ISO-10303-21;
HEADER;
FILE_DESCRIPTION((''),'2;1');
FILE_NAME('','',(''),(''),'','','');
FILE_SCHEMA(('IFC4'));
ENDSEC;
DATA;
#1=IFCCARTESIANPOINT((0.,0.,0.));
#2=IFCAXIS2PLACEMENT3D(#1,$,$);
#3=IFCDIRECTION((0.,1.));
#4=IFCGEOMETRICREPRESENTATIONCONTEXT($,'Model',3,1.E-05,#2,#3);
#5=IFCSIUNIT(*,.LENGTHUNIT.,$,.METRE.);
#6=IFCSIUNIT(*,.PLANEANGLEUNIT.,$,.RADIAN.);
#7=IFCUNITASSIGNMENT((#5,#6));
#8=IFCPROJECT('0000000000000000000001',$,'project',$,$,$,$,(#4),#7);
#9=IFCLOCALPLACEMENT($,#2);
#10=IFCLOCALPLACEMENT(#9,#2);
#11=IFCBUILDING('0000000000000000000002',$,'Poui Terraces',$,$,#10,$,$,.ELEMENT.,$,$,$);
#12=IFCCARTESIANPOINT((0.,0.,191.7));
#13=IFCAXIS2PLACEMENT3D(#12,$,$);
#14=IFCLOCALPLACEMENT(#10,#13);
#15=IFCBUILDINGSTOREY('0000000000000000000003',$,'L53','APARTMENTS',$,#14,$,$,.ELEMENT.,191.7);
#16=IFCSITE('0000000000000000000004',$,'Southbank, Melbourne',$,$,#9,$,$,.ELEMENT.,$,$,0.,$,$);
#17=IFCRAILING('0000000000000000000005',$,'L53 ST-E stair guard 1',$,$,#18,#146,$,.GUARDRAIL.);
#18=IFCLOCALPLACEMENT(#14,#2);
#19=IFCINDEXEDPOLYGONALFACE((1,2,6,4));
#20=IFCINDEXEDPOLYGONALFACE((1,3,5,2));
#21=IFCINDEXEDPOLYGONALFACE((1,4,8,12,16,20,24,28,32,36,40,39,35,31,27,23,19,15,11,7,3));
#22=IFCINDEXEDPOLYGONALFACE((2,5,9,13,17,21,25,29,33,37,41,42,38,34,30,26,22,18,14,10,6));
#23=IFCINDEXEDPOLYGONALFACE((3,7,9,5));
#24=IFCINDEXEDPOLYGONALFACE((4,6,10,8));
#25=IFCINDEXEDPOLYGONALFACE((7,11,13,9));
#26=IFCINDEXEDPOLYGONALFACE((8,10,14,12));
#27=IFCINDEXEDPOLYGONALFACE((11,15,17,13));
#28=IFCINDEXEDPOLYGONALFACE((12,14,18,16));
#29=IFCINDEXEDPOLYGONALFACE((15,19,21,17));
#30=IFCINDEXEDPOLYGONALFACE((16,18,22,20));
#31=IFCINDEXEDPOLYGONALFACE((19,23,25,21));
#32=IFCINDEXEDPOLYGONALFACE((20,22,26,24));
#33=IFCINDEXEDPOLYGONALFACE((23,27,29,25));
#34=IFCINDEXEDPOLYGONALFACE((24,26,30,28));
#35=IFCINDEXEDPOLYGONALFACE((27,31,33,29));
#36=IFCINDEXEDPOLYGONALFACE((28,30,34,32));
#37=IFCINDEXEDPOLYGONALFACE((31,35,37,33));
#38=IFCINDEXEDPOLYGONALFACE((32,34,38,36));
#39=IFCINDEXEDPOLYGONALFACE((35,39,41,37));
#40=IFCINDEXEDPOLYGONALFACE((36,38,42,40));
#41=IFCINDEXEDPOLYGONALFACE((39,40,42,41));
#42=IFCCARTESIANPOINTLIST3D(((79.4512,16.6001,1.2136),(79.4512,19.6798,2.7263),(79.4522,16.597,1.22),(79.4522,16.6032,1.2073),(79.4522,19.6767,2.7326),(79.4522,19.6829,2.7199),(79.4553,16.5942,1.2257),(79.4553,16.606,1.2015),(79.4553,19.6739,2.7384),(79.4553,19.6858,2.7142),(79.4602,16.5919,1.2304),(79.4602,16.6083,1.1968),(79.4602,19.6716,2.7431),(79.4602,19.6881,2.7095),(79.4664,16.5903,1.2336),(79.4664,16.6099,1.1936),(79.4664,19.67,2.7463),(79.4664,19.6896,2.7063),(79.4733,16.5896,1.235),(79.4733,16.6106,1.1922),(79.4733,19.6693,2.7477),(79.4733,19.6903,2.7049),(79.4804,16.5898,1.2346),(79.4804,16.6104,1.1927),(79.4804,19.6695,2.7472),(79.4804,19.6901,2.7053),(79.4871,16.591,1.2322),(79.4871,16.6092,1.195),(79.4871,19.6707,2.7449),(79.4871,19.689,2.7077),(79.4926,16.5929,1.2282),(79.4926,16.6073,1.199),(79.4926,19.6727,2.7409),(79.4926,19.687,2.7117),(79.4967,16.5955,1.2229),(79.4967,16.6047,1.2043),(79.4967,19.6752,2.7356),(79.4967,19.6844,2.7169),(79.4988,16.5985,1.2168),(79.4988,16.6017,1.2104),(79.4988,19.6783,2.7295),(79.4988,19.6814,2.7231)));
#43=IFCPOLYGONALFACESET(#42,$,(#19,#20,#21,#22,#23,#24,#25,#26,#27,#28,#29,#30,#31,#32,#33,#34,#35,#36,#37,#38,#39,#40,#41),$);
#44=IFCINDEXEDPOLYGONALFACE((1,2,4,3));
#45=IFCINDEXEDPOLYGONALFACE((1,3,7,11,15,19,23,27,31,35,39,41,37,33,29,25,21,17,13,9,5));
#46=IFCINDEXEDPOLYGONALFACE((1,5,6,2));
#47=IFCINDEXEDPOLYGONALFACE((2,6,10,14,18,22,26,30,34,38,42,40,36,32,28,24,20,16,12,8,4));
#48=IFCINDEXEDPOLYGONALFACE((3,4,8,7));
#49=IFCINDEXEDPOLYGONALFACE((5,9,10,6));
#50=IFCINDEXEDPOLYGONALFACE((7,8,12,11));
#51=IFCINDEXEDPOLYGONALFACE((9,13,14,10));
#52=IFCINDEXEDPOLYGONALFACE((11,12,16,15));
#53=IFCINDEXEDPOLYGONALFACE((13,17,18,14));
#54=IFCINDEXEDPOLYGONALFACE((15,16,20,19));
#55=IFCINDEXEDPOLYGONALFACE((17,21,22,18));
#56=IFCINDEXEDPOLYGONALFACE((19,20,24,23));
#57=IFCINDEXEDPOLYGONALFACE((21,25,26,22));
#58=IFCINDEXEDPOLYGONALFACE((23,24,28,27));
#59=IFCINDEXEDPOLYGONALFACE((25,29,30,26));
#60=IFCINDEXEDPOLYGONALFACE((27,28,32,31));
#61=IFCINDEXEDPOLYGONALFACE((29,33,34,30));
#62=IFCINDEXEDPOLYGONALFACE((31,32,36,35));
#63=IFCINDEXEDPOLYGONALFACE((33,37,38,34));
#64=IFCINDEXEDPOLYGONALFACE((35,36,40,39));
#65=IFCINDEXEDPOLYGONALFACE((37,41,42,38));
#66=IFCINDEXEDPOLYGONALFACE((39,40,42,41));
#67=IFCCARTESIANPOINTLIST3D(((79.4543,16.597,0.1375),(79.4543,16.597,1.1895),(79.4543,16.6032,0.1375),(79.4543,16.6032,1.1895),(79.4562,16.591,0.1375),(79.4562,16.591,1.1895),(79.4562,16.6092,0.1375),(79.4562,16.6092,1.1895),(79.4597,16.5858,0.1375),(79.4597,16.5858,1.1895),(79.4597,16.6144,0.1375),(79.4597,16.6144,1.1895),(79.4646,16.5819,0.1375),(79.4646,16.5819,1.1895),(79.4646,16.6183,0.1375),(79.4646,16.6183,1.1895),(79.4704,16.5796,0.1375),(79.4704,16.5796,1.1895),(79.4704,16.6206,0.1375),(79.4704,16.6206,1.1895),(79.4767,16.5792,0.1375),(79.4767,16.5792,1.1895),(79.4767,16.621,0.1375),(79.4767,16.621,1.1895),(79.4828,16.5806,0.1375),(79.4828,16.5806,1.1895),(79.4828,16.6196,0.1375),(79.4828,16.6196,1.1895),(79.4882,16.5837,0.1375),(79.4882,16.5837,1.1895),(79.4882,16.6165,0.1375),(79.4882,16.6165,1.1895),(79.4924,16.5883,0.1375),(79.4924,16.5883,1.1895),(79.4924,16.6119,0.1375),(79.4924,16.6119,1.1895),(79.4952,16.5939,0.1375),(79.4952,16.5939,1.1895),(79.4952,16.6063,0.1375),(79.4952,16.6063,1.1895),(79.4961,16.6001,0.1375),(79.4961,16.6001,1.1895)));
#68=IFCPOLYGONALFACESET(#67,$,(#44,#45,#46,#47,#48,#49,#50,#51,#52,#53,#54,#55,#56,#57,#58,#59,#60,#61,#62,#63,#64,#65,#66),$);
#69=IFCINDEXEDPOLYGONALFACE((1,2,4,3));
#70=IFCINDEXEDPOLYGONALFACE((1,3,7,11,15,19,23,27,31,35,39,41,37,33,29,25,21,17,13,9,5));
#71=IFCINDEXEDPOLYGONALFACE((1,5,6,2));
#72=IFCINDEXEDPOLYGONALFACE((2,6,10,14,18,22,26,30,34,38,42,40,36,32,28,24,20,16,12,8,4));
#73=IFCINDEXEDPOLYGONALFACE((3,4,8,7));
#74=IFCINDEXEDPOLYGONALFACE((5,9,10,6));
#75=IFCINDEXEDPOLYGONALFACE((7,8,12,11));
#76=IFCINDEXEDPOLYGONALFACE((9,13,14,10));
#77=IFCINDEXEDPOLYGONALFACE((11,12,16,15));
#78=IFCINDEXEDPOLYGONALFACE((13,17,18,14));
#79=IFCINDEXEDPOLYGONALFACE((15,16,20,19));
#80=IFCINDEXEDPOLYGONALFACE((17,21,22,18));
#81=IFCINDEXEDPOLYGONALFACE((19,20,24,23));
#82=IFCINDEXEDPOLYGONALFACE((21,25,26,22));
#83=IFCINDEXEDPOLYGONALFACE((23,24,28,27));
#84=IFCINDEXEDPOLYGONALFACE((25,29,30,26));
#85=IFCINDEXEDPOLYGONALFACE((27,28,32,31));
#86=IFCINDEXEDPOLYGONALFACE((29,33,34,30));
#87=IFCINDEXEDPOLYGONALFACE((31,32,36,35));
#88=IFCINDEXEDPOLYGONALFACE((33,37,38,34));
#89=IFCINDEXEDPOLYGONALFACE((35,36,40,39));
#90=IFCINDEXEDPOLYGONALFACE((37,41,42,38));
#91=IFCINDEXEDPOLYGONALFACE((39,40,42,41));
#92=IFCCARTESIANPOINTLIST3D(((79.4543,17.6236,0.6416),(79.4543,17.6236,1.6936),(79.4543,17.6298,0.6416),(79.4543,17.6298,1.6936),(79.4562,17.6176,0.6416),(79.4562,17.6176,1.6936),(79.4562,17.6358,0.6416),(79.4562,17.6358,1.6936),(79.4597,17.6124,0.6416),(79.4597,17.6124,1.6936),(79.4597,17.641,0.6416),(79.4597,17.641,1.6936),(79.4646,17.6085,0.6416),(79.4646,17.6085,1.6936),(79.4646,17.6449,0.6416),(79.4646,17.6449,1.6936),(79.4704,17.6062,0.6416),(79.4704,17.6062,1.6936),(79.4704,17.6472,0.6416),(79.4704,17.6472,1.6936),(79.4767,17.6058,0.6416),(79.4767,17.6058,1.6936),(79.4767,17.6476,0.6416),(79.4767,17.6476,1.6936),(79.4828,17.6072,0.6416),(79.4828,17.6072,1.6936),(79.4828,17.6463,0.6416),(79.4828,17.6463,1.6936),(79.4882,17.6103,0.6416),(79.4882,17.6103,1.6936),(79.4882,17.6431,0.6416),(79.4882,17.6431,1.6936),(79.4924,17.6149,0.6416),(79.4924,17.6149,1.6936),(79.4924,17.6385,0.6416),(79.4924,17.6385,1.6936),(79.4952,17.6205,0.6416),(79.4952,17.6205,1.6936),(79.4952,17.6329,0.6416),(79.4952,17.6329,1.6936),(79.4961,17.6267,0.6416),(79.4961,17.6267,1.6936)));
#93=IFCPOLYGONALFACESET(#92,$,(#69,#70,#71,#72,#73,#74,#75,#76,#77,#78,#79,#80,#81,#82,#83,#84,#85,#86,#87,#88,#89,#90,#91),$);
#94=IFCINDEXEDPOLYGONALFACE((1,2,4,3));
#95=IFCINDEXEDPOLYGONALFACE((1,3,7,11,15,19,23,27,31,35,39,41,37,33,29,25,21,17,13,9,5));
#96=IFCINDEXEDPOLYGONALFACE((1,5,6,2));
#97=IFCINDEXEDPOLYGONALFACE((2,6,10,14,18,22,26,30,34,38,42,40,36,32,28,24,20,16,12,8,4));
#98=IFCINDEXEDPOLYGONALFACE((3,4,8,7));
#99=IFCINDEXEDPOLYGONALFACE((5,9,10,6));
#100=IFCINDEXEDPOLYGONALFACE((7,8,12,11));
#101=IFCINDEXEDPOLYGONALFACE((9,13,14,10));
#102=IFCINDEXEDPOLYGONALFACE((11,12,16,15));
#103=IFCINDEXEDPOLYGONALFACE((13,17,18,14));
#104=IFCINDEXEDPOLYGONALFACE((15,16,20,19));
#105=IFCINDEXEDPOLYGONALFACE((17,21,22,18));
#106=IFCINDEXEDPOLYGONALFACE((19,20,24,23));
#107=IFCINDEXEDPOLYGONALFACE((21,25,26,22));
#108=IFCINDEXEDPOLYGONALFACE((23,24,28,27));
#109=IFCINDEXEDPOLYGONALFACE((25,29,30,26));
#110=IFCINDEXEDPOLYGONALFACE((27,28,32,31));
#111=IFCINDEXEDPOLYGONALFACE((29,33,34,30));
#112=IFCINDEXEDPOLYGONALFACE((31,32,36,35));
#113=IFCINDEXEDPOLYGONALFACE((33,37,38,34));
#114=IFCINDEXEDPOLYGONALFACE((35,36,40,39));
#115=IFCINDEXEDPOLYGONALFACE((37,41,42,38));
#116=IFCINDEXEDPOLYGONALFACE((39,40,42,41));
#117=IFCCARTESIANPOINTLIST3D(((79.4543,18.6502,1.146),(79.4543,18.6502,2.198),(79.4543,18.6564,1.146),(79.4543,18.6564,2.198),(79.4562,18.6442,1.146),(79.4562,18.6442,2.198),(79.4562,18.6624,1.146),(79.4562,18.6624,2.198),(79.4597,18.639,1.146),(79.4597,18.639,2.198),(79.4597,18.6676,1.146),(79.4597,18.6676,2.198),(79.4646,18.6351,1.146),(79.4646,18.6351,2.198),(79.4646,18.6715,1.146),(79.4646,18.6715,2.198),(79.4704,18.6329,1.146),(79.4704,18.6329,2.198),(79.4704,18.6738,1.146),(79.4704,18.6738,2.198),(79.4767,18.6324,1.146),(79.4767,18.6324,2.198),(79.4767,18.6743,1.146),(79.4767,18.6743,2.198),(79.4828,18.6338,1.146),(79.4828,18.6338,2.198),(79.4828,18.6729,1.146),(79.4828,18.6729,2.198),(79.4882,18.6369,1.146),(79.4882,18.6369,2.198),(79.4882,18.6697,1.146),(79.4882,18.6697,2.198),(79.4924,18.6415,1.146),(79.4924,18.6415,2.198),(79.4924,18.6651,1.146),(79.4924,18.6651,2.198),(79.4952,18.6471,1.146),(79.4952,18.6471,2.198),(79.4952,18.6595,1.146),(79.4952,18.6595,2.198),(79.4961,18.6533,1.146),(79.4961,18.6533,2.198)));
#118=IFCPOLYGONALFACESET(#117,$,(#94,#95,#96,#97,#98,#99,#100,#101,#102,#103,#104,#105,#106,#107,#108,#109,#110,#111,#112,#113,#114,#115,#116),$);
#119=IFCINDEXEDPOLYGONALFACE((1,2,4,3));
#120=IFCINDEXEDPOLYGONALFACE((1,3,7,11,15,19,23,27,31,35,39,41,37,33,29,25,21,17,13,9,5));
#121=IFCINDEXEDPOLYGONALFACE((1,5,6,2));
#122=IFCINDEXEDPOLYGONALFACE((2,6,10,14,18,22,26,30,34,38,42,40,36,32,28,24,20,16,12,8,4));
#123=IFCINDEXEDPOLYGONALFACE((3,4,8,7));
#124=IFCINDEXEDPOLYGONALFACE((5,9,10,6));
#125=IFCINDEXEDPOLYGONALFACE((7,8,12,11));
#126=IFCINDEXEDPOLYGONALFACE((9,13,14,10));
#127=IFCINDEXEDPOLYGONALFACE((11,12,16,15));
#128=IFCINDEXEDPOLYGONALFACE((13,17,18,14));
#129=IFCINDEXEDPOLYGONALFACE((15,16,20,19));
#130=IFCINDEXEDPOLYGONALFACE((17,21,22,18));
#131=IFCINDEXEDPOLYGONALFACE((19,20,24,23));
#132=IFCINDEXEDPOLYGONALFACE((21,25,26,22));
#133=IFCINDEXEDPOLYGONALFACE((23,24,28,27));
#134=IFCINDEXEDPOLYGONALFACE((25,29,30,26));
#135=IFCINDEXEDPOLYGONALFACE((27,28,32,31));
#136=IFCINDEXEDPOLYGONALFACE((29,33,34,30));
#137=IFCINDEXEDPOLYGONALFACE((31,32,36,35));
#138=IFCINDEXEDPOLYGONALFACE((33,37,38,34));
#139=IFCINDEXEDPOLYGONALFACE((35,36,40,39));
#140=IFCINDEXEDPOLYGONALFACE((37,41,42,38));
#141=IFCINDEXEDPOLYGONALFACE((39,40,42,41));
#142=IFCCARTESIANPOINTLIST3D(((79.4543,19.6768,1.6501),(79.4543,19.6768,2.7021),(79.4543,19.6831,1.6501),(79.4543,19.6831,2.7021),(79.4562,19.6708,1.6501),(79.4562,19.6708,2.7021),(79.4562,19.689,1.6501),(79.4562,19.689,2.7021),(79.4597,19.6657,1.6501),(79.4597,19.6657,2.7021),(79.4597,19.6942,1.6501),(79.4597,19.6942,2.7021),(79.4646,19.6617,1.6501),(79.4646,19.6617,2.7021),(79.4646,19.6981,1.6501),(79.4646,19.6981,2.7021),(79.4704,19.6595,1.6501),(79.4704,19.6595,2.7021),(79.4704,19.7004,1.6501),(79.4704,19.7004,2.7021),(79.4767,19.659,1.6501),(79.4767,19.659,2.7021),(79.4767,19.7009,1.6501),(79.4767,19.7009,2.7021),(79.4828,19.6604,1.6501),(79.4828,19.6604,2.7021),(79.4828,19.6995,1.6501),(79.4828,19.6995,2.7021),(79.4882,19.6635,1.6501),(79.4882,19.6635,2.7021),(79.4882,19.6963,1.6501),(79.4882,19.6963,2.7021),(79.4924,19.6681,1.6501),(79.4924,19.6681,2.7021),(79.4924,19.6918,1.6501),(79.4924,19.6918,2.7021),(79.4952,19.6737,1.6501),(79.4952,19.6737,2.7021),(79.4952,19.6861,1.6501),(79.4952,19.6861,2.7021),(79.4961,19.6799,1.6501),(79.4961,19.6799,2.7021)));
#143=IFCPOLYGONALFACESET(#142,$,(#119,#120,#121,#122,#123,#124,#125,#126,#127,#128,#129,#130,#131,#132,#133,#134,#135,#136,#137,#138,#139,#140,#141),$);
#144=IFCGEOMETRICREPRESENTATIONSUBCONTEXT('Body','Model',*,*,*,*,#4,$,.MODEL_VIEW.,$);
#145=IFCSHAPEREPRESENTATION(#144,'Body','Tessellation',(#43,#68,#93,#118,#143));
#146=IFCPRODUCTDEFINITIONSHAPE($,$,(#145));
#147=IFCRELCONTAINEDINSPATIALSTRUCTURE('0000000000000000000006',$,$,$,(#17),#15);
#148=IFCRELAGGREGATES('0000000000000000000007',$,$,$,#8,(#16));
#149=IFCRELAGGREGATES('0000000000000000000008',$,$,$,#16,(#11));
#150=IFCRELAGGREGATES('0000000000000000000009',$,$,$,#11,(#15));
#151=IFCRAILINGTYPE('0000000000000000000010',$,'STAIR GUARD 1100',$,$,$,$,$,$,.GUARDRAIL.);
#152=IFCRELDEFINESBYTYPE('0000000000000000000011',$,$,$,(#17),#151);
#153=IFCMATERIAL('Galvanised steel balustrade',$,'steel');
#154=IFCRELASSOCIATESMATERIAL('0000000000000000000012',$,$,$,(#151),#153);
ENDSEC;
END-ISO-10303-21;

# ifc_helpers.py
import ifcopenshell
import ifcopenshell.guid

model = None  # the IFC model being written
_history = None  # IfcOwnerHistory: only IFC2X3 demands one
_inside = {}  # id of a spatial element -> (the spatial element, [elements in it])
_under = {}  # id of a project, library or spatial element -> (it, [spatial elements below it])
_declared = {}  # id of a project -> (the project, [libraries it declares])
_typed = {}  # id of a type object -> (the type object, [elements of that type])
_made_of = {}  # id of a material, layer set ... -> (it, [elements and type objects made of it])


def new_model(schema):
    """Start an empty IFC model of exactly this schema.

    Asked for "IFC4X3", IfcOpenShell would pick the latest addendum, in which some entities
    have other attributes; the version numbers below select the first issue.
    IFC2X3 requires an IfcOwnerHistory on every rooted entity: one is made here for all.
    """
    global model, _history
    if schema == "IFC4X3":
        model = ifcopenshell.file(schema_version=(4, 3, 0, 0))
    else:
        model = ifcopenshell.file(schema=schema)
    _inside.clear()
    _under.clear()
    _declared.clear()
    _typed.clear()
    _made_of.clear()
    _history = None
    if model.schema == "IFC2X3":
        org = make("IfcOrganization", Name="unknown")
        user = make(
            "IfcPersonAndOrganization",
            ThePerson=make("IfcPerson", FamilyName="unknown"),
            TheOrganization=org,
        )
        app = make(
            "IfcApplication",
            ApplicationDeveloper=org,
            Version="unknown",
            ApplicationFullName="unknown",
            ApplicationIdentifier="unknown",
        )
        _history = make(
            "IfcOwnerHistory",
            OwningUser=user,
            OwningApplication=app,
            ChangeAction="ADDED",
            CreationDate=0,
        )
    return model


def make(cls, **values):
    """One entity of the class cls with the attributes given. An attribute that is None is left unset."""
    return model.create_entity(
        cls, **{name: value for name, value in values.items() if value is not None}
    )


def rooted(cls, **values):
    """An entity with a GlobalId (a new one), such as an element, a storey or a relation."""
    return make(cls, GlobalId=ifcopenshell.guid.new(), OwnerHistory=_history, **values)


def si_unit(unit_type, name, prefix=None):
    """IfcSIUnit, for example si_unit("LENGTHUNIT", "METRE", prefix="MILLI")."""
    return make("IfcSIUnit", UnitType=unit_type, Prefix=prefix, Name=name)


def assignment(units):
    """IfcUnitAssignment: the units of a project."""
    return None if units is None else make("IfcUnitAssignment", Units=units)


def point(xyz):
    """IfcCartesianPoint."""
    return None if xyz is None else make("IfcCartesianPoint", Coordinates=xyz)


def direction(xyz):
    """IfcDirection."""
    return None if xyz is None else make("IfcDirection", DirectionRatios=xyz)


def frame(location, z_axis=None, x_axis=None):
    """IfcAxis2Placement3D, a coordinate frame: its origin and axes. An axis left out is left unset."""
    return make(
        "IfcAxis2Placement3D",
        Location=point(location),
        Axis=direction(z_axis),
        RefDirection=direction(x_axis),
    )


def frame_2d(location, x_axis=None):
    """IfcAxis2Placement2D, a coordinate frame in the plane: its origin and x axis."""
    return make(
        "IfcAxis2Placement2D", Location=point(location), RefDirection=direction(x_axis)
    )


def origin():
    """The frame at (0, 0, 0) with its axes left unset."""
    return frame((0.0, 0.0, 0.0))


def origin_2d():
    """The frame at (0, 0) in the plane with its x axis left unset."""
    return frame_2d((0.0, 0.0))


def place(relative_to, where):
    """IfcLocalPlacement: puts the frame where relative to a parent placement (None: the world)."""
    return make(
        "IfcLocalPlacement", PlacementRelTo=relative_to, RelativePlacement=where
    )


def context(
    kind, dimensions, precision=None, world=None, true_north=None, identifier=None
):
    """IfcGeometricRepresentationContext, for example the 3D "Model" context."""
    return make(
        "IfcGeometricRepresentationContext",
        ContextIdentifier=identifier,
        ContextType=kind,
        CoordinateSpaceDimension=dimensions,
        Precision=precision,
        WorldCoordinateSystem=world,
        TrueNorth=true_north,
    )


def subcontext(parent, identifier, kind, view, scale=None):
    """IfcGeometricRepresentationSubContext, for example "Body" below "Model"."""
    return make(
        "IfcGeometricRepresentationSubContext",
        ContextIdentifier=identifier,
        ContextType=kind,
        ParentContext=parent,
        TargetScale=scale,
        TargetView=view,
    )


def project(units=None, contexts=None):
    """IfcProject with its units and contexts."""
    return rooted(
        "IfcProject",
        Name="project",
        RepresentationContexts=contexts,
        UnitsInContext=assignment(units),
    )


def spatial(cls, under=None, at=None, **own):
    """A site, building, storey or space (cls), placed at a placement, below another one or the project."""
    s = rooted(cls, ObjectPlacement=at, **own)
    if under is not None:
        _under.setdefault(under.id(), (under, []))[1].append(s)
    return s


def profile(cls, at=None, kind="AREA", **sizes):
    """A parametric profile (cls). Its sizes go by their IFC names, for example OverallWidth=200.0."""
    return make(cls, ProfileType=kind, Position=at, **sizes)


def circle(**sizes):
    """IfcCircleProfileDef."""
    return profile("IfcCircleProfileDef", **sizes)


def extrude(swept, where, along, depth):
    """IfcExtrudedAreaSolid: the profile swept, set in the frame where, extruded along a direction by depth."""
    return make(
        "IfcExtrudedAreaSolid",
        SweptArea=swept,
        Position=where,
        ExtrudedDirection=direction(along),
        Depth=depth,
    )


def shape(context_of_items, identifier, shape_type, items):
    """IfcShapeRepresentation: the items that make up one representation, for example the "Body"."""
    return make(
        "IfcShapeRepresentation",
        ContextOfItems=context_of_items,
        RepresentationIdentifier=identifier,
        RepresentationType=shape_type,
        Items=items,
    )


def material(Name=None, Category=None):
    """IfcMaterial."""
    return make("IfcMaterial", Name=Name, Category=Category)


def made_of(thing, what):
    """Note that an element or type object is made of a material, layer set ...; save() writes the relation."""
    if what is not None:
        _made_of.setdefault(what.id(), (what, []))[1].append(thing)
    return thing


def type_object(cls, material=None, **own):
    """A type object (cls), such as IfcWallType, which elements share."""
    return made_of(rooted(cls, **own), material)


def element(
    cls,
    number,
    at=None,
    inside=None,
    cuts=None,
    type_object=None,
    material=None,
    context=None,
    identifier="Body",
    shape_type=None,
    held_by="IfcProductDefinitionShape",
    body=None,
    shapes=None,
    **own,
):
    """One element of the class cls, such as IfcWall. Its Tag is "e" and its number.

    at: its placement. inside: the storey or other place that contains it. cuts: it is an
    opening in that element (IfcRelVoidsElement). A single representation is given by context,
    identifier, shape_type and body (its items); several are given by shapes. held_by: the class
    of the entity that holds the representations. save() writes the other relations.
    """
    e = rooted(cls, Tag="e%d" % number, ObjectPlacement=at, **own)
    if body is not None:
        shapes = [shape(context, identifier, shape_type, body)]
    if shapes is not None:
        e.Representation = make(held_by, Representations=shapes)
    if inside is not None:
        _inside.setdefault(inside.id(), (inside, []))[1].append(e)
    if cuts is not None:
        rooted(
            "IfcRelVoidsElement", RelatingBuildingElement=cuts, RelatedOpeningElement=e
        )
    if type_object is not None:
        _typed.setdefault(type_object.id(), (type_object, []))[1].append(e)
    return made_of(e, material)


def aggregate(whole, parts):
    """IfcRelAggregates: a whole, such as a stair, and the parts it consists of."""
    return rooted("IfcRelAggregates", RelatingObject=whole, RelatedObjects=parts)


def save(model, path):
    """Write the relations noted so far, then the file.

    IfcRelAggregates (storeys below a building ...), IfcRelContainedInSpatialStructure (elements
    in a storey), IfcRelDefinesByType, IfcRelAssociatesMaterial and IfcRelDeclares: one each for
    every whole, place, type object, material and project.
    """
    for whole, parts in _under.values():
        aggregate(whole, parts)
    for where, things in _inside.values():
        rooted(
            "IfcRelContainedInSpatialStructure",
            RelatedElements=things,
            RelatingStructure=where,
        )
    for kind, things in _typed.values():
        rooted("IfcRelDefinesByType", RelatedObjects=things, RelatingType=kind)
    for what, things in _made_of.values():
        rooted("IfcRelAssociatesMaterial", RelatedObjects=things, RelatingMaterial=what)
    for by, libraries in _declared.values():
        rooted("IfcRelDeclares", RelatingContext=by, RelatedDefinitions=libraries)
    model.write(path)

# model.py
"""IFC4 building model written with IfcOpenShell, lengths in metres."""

from ifc_helpers import new_model, si_unit, direction, frame, origin, origin_2d, place, context, subcontext, project, spatial, circle, extrude, material, type_object, element, save


model = new_model("IFC4")

# Units and contexts
model_context = context("Model", 3, precision=1e-05, world=origin(), true_north=direction((0.0, 1.0)))
body_context = subcontext(model_context, "Body", "Model", "MODEL_VIEW")
ifc_project = project(units=[si_unit("LENGTHUNIT", "METRE"), si_unit("PLANEANGLEUNIT", "RADIAN")], contexts=[model_context])

# Site, building, storey
site_placement = place(None, origin())
site = spatial("IfcSite", under=ifc_project, at=site_placement, Name="Southbank, Melbourne", CompositionType="ELEMENT", RefElevation=0.0)
building_placement = place(site_placement, origin())
building = spatial("IfcBuilding", under=site, at=building_placement, Name="Poui Terraces", CompositionType="ELEMENT")
storey_placement = place(building_placement, frame((0.0, 0.0, 191.7)))
storey = spatial("IfcBuildingStorey", under=building, at=storey_placement, Name="L53", Description="APARTMENTS", CompositionType="ELEMENT", Elevation=191.7)

# Railing
ifc_material_1 = material(Name="Galvanised steel balustrade", Category="steel")
railing_type_1 = type_object("IfcRailingType", Name="STAIR GUARD 1100", PredefinedType="GUARDRAIL", material=ifc_material_1)
railing_1_placement = place(storey_placement, frame((79.4751, 16.6001, 0.1375)))
element("IfcRailing", 1, at=railing_1_placement, inside=storey, type_object=railing_type_1, Name="L53 ST-E stair guard 1", PredefinedType="GUARDRAIL", context=body_context, shape_type="SweptSolid", body=[
    extrude(circle(Radius=0.0239, at=origin_2d()), frame((0.0, 0.0, 1.0762), z_axis=(0.0, 0.897578, 0.440856), x_axis=(-1.0, 0.0, 0.0)), (0.0, 0.0, 1.0), 3.4312),
    extrude(circle(Radius=0.021, at=origin_2d()), origin(), (0.0, 0.0, 1.0), 1.052),
    extrude(circle(Radius=0.021, at=origin_2d()), frame((0.0, 1.0266, 0.5042)), (0.0, 0.0, 1.0), 1.052),
    extrude(circle(Radius=0.021, at=origin_2d()), frame((0.0, 2.0532, 1.0085)), (0.0, 0.0, 1.0), 1.052),
    extrude(circle(Radius=0.021, at=origin_2d()), frame((0.0, 3.0798, 1.5127)), (0.0, 0.0, 1.0), 1.052),
])

save(model, "model.ifc")
